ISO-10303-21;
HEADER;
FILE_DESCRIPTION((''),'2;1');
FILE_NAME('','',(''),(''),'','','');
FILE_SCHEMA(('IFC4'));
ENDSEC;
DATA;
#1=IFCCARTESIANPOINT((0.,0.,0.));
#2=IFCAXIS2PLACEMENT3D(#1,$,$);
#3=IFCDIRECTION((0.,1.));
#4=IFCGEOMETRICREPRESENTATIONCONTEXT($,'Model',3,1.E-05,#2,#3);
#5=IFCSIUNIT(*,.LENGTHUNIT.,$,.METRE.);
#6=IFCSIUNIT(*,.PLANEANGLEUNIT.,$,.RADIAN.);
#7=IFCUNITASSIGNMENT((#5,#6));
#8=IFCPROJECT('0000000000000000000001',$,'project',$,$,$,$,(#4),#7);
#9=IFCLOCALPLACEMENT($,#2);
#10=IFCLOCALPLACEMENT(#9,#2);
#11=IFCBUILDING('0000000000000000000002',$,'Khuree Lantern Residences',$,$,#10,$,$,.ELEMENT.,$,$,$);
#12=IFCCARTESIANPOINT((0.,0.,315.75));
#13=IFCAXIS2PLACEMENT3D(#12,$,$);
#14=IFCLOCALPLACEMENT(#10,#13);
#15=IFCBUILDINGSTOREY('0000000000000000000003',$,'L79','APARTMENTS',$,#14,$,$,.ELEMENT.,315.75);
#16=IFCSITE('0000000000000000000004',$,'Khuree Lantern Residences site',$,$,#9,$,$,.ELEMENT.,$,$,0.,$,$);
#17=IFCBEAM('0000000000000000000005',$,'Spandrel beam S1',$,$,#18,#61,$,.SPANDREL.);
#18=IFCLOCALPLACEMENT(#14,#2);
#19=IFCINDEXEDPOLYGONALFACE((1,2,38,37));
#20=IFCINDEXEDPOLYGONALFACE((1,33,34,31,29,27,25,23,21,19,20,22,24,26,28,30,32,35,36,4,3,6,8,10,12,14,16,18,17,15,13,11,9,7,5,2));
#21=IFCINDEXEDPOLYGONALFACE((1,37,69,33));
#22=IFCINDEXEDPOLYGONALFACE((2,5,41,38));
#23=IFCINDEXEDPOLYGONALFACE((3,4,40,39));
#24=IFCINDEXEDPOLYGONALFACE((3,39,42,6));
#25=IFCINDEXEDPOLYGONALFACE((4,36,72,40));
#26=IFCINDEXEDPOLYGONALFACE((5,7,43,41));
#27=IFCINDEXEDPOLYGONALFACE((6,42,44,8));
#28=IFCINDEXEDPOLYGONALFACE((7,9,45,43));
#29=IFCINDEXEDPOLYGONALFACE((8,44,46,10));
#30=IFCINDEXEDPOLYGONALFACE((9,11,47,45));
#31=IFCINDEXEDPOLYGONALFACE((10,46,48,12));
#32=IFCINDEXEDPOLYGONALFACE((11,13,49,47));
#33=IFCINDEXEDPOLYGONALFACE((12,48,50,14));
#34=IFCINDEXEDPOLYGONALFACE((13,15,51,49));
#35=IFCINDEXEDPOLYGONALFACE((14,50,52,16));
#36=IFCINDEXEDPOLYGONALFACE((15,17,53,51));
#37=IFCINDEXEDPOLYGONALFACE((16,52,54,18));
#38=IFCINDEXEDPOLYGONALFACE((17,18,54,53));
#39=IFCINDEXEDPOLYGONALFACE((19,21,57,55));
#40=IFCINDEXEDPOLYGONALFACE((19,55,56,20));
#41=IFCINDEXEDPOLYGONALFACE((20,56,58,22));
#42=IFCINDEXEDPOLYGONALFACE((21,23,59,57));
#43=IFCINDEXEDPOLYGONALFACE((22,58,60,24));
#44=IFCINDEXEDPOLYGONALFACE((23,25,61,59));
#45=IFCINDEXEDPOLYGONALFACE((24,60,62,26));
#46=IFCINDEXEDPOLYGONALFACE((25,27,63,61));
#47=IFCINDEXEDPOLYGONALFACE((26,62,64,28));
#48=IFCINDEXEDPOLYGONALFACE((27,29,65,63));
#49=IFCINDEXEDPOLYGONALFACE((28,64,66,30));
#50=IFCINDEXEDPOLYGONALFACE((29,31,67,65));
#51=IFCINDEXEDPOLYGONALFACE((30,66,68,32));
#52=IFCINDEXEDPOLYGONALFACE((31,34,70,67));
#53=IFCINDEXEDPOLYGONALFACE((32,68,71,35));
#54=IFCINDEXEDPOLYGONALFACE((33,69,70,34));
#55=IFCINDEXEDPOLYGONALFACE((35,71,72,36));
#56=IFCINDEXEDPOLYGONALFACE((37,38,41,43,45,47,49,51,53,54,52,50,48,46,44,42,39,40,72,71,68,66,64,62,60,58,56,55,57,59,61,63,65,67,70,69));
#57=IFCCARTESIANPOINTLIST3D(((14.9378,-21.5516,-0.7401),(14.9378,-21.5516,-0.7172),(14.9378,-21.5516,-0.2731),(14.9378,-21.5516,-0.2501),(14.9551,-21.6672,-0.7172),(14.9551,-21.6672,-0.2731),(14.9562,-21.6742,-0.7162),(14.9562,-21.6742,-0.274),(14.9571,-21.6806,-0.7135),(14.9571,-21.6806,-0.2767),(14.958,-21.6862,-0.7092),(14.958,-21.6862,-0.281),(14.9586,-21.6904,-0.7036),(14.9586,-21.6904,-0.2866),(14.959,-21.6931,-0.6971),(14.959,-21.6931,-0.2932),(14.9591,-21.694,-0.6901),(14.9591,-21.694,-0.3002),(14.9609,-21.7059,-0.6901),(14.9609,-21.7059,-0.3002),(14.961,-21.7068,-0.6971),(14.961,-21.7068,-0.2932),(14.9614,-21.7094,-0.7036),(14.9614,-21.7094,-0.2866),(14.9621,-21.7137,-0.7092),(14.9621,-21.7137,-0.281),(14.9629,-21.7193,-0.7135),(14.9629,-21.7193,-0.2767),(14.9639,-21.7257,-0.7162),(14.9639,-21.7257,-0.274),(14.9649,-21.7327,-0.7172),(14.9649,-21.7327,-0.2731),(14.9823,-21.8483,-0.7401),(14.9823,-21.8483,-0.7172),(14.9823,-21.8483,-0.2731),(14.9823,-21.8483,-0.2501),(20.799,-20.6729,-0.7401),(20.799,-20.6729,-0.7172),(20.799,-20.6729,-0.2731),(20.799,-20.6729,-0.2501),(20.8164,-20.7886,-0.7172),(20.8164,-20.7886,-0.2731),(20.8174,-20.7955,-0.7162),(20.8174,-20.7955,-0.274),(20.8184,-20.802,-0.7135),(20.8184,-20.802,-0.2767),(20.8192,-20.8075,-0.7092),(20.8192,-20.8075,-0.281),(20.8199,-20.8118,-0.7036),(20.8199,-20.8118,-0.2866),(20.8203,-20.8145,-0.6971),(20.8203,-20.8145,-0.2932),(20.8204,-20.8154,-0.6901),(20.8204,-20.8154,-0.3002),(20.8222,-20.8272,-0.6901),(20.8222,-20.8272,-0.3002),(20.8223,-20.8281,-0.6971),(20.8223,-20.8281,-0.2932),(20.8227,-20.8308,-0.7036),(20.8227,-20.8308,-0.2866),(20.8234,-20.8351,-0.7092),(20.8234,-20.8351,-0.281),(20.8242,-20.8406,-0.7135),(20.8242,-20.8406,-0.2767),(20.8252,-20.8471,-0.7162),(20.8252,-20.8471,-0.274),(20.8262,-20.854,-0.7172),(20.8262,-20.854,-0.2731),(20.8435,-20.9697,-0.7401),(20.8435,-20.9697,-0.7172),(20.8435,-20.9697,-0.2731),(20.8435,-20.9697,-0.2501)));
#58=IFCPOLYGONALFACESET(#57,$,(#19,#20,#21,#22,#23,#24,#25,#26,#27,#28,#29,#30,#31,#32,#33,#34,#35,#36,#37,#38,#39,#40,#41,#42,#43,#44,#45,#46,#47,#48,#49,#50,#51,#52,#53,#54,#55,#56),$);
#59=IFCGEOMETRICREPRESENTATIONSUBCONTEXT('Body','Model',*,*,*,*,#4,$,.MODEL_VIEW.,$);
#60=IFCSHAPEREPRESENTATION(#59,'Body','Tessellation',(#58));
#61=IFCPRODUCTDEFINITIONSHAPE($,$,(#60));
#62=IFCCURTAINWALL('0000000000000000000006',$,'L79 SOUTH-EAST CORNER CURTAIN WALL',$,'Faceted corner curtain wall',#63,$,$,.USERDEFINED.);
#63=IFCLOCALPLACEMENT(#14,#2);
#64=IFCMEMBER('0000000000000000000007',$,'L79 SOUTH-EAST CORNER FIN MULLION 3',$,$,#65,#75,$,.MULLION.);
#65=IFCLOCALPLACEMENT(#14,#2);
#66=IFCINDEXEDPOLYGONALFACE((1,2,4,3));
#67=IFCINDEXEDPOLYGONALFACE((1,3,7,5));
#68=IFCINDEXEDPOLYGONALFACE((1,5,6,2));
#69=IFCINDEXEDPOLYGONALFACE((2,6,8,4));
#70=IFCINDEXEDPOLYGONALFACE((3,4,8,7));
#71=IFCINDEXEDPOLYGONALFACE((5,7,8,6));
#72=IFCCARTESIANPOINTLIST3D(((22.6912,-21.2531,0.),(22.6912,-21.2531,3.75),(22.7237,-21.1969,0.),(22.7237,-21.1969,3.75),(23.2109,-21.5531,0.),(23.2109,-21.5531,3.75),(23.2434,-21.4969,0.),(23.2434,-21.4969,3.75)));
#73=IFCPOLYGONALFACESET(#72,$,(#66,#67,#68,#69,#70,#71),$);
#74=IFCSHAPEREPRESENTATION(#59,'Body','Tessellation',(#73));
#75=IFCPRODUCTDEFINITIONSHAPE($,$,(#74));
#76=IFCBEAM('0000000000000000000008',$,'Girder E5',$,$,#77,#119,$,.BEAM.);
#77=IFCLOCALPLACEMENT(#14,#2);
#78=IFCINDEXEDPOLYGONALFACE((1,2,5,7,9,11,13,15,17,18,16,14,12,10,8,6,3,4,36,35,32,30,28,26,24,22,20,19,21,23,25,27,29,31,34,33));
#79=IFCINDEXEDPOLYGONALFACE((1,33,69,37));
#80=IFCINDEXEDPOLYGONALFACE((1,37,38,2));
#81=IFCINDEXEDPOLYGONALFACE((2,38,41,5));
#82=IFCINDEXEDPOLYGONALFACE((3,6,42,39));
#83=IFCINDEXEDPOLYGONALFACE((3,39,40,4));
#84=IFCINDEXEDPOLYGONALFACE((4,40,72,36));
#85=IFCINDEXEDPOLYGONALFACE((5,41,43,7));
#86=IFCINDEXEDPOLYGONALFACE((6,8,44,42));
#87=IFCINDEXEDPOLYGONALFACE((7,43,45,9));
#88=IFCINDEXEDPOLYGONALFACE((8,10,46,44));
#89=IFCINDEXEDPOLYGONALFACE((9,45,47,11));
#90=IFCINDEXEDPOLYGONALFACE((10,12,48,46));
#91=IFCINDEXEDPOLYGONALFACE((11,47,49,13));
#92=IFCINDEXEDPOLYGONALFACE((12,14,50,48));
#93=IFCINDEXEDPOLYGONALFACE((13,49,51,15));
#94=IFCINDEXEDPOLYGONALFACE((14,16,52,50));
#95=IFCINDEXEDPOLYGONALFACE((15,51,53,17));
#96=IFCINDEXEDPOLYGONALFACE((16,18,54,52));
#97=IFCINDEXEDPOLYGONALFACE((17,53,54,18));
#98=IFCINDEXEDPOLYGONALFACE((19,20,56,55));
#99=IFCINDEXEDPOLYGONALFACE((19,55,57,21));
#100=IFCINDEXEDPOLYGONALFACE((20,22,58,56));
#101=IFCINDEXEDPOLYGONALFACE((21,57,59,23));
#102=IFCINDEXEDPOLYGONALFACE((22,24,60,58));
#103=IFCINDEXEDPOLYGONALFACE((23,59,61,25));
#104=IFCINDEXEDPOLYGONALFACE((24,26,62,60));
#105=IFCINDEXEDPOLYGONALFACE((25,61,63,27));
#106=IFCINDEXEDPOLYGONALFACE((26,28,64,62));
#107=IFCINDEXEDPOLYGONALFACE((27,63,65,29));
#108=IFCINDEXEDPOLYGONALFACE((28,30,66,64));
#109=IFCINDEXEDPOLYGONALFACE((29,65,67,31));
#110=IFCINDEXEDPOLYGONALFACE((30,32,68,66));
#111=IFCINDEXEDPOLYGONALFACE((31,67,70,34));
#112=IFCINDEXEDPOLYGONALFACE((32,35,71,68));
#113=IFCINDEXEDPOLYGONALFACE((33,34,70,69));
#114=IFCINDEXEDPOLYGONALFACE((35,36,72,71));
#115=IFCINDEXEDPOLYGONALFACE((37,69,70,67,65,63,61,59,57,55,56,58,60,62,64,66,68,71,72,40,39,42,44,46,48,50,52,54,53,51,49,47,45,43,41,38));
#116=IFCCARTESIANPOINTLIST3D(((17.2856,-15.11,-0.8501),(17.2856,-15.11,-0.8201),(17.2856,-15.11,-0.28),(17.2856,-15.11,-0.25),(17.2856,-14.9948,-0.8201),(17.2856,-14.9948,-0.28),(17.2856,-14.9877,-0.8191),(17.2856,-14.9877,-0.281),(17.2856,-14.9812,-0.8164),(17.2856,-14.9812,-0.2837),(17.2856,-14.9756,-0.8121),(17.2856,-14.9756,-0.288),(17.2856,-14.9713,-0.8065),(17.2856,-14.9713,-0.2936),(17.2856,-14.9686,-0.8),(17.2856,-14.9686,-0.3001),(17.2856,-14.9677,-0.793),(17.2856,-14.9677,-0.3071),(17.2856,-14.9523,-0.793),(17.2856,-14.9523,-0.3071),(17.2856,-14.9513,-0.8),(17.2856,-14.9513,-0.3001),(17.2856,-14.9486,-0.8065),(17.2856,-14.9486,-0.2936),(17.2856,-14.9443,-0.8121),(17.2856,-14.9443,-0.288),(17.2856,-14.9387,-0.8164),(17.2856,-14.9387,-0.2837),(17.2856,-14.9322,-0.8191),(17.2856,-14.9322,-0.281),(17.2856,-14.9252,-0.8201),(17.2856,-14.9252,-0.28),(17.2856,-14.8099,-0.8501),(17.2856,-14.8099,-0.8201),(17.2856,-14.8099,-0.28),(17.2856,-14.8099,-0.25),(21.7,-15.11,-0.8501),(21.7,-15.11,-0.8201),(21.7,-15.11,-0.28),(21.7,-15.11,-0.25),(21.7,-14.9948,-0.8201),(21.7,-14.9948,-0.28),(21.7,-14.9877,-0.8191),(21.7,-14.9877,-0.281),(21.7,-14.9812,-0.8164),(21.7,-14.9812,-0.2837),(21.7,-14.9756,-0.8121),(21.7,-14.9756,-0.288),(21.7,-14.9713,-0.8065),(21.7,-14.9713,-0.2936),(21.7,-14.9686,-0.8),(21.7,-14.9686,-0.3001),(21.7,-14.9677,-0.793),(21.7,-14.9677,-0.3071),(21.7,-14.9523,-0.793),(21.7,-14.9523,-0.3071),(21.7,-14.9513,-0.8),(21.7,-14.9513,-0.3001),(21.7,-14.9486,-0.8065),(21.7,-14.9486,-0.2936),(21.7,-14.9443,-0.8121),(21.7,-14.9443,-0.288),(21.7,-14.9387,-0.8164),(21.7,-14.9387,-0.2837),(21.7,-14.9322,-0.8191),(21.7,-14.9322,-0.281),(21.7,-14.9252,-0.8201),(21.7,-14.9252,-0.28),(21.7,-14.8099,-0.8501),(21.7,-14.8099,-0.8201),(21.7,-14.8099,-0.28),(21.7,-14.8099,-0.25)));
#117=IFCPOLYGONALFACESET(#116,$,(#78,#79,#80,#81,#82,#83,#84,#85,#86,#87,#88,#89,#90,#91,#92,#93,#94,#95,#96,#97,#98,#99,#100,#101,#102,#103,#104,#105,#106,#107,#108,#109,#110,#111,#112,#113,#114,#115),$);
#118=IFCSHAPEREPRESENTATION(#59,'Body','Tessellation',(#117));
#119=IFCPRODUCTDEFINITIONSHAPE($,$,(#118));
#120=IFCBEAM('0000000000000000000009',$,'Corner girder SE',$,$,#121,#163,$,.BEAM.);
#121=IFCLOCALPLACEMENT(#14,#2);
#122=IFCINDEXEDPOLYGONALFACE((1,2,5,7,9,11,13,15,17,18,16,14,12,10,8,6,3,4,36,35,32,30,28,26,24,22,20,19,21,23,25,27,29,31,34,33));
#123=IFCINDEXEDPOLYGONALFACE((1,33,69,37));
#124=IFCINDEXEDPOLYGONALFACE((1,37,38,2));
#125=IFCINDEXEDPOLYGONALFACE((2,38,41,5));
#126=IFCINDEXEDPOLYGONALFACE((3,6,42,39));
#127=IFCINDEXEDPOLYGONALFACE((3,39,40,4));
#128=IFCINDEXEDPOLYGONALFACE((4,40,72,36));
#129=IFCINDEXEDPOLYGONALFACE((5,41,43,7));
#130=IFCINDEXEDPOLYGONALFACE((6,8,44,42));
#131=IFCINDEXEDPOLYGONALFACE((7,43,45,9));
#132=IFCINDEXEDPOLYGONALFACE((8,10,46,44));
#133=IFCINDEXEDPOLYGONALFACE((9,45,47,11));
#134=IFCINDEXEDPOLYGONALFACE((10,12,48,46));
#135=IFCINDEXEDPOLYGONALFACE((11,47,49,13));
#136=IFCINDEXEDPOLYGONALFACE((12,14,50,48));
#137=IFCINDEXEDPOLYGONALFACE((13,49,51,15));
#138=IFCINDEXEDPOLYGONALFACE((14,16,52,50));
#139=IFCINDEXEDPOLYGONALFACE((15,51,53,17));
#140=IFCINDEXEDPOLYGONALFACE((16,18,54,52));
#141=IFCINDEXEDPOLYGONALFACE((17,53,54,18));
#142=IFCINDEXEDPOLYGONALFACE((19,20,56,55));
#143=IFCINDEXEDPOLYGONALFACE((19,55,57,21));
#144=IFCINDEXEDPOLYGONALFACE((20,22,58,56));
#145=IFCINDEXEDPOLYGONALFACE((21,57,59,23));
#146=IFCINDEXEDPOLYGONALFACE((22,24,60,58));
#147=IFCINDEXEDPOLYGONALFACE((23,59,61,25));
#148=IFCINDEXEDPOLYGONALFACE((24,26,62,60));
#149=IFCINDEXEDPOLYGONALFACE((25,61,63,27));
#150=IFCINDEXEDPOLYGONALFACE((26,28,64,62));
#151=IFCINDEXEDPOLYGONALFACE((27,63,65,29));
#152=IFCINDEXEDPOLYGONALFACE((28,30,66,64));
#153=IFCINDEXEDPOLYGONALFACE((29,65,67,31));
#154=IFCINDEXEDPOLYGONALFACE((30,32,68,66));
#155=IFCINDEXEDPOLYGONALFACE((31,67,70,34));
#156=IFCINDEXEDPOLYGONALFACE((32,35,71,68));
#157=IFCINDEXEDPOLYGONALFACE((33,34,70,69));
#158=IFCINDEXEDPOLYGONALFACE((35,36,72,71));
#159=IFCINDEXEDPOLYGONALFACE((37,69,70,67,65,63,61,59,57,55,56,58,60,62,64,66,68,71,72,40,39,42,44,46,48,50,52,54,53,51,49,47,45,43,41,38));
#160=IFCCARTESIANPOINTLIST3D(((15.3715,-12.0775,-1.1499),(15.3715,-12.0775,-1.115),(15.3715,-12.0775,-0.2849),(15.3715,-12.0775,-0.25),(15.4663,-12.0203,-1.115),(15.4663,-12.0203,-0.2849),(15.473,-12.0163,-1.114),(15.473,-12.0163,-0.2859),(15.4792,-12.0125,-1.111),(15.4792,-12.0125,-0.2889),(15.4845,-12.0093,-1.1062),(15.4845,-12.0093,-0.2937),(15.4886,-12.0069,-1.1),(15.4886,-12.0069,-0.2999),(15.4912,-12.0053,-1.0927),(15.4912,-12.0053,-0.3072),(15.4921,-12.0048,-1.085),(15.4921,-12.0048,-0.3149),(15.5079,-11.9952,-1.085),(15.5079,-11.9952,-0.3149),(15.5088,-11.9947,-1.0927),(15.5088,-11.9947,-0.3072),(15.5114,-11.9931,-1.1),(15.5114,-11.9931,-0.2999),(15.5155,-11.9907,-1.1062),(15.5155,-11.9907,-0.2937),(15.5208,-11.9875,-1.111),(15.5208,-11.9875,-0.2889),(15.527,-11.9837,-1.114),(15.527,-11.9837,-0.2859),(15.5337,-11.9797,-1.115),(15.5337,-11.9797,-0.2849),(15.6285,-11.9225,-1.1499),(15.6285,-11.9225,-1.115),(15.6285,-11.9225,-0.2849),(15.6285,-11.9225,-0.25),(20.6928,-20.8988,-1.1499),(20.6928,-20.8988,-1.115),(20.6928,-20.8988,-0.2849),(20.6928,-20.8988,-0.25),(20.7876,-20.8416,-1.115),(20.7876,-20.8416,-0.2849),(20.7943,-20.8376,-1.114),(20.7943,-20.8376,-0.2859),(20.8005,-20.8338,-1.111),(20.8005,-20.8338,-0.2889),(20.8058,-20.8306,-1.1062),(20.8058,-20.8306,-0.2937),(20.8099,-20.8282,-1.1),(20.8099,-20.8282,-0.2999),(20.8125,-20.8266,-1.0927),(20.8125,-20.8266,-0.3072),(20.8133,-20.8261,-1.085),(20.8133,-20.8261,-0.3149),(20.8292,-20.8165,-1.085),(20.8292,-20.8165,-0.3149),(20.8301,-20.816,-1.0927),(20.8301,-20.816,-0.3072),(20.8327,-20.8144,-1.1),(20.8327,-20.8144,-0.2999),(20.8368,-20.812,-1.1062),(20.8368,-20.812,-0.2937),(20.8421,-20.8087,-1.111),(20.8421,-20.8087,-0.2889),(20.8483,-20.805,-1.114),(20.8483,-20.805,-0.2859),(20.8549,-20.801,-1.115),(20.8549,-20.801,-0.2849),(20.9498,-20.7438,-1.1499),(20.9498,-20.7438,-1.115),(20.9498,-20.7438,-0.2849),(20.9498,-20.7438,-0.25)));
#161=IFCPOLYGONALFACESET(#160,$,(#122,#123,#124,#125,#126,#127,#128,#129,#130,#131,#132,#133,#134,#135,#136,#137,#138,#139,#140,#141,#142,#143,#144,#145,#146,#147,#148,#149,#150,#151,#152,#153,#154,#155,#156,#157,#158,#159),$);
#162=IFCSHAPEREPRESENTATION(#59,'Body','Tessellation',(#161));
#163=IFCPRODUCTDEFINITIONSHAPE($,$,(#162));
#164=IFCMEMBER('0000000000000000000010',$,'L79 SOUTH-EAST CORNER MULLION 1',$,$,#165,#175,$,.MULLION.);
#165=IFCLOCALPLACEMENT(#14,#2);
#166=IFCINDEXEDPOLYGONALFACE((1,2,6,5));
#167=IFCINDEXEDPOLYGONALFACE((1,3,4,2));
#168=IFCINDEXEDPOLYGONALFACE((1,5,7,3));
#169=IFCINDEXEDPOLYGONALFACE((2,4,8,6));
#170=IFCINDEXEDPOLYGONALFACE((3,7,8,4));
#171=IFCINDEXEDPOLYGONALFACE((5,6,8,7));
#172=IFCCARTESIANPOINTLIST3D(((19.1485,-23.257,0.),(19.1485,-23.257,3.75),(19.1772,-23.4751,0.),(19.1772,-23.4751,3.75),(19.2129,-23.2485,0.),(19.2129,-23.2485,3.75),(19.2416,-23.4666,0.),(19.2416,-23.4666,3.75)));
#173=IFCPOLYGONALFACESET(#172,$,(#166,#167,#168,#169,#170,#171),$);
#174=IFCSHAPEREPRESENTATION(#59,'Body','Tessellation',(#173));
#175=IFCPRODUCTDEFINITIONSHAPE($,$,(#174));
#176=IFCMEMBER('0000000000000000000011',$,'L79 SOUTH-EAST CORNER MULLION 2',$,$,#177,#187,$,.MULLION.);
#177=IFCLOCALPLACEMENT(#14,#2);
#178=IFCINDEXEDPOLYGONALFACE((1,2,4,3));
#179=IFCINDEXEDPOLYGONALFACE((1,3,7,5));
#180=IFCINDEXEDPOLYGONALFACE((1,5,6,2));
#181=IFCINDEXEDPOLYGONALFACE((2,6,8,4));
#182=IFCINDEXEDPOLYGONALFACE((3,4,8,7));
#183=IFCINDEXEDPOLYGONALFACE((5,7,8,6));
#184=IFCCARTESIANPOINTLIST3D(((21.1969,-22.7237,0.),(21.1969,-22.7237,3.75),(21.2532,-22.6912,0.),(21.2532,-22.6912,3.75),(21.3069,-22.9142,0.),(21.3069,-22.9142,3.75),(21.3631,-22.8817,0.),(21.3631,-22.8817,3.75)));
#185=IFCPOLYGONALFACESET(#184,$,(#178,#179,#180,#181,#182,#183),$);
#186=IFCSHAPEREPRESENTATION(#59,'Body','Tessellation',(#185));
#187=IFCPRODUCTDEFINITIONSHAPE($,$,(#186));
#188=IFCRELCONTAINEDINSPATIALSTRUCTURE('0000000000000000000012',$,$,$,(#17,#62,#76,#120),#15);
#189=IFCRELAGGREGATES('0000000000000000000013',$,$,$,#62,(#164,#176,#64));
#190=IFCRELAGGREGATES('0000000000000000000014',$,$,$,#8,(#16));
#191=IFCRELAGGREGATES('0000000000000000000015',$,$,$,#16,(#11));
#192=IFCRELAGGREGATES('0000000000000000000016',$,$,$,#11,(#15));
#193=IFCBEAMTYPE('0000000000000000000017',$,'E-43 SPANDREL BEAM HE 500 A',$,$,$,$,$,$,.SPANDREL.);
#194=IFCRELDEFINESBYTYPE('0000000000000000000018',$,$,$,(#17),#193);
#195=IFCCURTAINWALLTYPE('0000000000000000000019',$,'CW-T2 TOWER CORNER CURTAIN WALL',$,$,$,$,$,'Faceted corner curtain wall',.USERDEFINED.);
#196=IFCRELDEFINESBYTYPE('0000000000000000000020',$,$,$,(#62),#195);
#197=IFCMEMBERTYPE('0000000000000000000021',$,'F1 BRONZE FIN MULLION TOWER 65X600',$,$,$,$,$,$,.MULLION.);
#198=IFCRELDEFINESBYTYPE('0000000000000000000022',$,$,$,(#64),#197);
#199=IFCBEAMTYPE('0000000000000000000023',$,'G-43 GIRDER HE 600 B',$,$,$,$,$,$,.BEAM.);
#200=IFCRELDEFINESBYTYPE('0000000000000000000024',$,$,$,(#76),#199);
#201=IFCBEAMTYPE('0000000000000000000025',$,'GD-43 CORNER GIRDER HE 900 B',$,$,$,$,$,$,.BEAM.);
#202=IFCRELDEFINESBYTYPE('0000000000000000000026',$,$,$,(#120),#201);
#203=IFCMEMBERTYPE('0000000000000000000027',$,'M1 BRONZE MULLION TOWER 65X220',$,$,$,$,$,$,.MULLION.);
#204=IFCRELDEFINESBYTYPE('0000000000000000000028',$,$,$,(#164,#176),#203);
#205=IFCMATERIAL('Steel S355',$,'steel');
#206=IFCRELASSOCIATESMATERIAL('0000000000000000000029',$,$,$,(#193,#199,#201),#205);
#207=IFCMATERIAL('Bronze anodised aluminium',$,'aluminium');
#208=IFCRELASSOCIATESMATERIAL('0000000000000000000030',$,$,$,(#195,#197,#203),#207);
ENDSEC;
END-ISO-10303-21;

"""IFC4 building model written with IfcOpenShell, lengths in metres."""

from ifc_helpers import new_model, si_unit, direction, frame, origin, origin_2d, place, context, subcontext, project, spatial, rectangle, i_section, extrude, material, material_profile, profile_set, type_object, element, aggregate, save


model = new_model("IFC4")

# Units and contexts
model_context = context("Model", 3, precision=1e-05, world=origin(), true_north=direction((0.0, 1.0)))
body_context = subcontext(model_context, "Body", "Model", "MODEL_VIEW")
ifc_project = project(units=[si_unit("LENGTHUNIT", "METRE"), si_unit("PLANEANGLEUNIT", "RADIAN")], contexts=[model_context])

# Site, building, storey
site_placement = place(None, origin())
site = spatial("IfcSite", under=ifc_project, at=site_placement, Name="Khuree Lantern Residences site", CompositionType="ELEMENT", RefElevation=0.0)
building_placement = place(site_placement, origin())
building = spatial("IfcBuilding", under=site, at=building_placement, Name="Khuree Lantern Residences", CompositionType="ELEMENT")
storey_placement = place(building_placement, frame((0.0, 0.0, 315.75)))
storey = spatial("IfcBuildingStorey", under=building, at=storey_placement, Name="L79", Description="APARTMENTS", CompositionType="ELEMENT", Elevation=315.75)

# Beam
ifc_material_1 = material(Name="Steel S355", Category="steel")
ifc_material_profile_1 = material_profile(ifc_material_1, i_section(OverallWidth=0.3, OverallDepth=0.49, WebThickness=0.012, FlangeThickness=0.0229, FilletRadius=0.0271, at=origin_2d()), Name="HE 500 A")
ifc_profile_set_1 = profile_set([ifc_material_profile_1], Name="Steel S355")
beam_type_1 = type_object("IfcBeamType", Name="E-43 SPANDREL BEAM HE 500 A", PredefinedType="SPANDREL", material=ifc_profile_set_1)
for number, where, z_axis, x_axis, name in (
    (1, (20.8213, -20.8213, -0.4951), (-0.98895, -0.148252, 0.0), (0.148252, -0.98895, 0.0), "Spandrel beam S1"),
):
    element("IfcBeam", number, at=place(storey_placement, frame(where, z_axis=z_axis, x_axis=x_axis)), inside=storey, type_object=beam_type_1, Name=name, PredefinedType="SPANDREL", context=body_context, shape_type="SweptSolid", body=[
        extrude(i_section(OverallWidth=0.3, OverallDepth=0.49, WebThickness=0.012, FlangeThickness=0.0229, FilletRadius=0.0271, at=origin_2d()), origin(), (0.0, 0.0, 1.0), 5.9268),
    ])

# Curtain wall, member
ifc_material_2 = material(Name="Bronze anodised aluminium", Category="aluminium")
curtain_wall_type_1 = type_object("IfcCurtainWallType", Name="CW-T2 TOWER CORNER CURTAIN WALL", ElementType="Faceted corner curtain wall", PredefinedType="USERDEFINED", material=ifc_material_2)
curtain_wall_1_placement = place(storey_placement, origin())
curtain_wall_1 = element("IfcCurtainWall", 2, at=curtain_wall_1_placement, inside=storey, type_object=curtain_wall_type_1, Name="L79 SOUTH-EAST CORNER CURTAIN WALL", ObjectType="Faceted corner curtain wall", PredefinedType="USERDEFINED")
ifc_material_profile_2 = material_profile(ifc_material_2, rectangle(XDim=0.0649, YDim=0.6001, at=origin_2d()), Name="F1 65X600")
ifc_profile_set_2 = profile_set([ifc_material_profile_2], Name="Bronze anodised aluminium")
member_type_1 = type_object("IfcMemberType", Name="F1 BRONZE FIN MULLION TOWER 65X600", PredefinedType="MULLION", material=ifc_profile_set_2)
member_1_placement = place(storey_placement, frame((22.9673, -21.375, 0.0), z_axis=(0.0, 0.0, 1.0), x_axis=(0.5, 0.866025, 0.0)))
member_1 = element("IfcMember", 3, at=member_1_placement, type_object=member_type_1, Name="L79 SOUTH-EAST CORNER FIN MULLION 3", PredefinedType="MULLION", context=body_context, shape_type="SweptSolid", body=[
    extrude(rectangle(XDim=0.0649, YDim=0.6001, at=origin_2d()), origin(), (0.0, 0.0, 1.0), 3.75),
])

# Beams
ifc_material_profile_3 = material_profile(ifc_material_1, i_section(OverallWidth=0.3, OverallDepth=0.6001, WebThickness=0.0154, FlangeThickness=0.03, FilletRadius=0.0271, at=origin_2d()), Name="HE 600 B")
ifc_profile_set_3 = profile_set([ifc_material_profile_3], Name="Steel S355")
beam_type_2 = type_object("IfcBeamType", Name="G-43 GIRDER HE 600 B", PredefinedType="BEAM", material=ifc_profile_set_3)
beam_1_placement = place(storey_placement, frame((21.7, -14.96, -0.55), z_axis=(-1.0, 0.0, 0.0), x_axis=(0.0, -1.0, 0.0)))
element("IfcBeam", 4, at=beam_1_placement, inside=storey, type_object=beam_type_2, Name="Girder E5", PredefinedType="BEAM", context=body_context, shape_type="SweptSolid", body=[
    extrude(i_section(OverallWidth=0.3, OverallDepth=0.6001, WebThickness=0.0154, FlangeThickness=0.03, FilletRadius=0.0271, at=origin_2d()), origin(), (0.0, 0.0, 1.0), 4.4143),
])
ifc_material_profile_4 = material_profile(ifc_material_1, i_section(OverallWidth=0.3, OverallDepth=0.8999, WebThickness=0.0186, FlangeThickness=0.0349, FilletRadius=0.03, at=origin_2d()), Name="HE 900 B")
ifc_profile_set_4 = profile_set([ifc_material_profile_4], Name="Steel S355")
beam_type_3 = type_object("IfcBeamType", Name="GD-43 CORNER GIRDER HE 900 B", PredefinedType="BEAM", material=ifc_profile_set_4)
beam_2_placement = place(storey_placement, frame((20.8213, -20.8213, -0.7), z_axis=(-0.51653, 0.856269, 0.0), x_axis=(-0.856269, -0.51653, 0.0)))
element("IfcBeam", 5, at=beam_2_placement, inside=storey, type_object=beam_type_3, Name="Corner girder SE", PredefinedType="BEAM", context=body_context, shape_type="SweptSolid", body=[
    extrude(i_section(OverallWidth=0.3, OverallDepth=0.8999, WebThickness=0.0186, FlangeThickness=0.0349, FilletRadius=0.03, at=origin_2d()), origin(), (0.0, 0.0, 1.0), 10.302),
])

# Members
ifc_material_profile_5 = material_profile(ifc_material_2, rectangle(XDim=0.0649, YDim=0.22, at=origin_2d()), Name="M1 65X220")
ifc_profile_set_5 = profile_set([ifc_material_profile_5], Name="Bronze anodised aluminium")
member_type_2 = type_object("IfcMemberType", Name="M1 BRONZE MULLION TOWER 65X220", PredefinedType="MULLION", material=ifc_profile_set_5)
member_2_placement = place(storey_placement, frame((19.1951, -23.3618, 0.0), z_axis=(0.0, 0.0, 1.0), x_axis=(0.991445, 0.130526, 0.0)))
member_2 = element("IfcMember", 6, at=member_2_placement, type_object=member_type_2, Name="L79 SOUTH-EAST CORNER MULLION 1", PredefinedType="MULLION", context=body_context, shape_type="SweptSolid", body=[
    extrude(rectangle(XDim=0.0649, YDim=0.22, at=origin_2d()), origin(), (0.0, 0.0, 1.0), 3.75),
])
member_3_placement = place(storey_placement, frame((21.28, -22.8027, 0.0), z_axis=(0.0, 0.0, 1.0), x_axis=(0.866025, 0.5, 0.0)))
member_3 = element("IfcMember", 7, at=member_3_placement, type_object=member_type_2, Name="L79 SOUTH-EAST CORNER MULLION 2", PredefinedType="MULLION", context=body_context, shape_type="SweptSolid", body=[
    extrude(rectangle(XDim=0.0649, YDim=0.22, at=origin_2d()), origin(), (0.0, 0.0, 1.0), 3.75),
])

aggregate(curtain_wall_1, [member_2, member_3, member_1])

save(model, "model.ifc")
